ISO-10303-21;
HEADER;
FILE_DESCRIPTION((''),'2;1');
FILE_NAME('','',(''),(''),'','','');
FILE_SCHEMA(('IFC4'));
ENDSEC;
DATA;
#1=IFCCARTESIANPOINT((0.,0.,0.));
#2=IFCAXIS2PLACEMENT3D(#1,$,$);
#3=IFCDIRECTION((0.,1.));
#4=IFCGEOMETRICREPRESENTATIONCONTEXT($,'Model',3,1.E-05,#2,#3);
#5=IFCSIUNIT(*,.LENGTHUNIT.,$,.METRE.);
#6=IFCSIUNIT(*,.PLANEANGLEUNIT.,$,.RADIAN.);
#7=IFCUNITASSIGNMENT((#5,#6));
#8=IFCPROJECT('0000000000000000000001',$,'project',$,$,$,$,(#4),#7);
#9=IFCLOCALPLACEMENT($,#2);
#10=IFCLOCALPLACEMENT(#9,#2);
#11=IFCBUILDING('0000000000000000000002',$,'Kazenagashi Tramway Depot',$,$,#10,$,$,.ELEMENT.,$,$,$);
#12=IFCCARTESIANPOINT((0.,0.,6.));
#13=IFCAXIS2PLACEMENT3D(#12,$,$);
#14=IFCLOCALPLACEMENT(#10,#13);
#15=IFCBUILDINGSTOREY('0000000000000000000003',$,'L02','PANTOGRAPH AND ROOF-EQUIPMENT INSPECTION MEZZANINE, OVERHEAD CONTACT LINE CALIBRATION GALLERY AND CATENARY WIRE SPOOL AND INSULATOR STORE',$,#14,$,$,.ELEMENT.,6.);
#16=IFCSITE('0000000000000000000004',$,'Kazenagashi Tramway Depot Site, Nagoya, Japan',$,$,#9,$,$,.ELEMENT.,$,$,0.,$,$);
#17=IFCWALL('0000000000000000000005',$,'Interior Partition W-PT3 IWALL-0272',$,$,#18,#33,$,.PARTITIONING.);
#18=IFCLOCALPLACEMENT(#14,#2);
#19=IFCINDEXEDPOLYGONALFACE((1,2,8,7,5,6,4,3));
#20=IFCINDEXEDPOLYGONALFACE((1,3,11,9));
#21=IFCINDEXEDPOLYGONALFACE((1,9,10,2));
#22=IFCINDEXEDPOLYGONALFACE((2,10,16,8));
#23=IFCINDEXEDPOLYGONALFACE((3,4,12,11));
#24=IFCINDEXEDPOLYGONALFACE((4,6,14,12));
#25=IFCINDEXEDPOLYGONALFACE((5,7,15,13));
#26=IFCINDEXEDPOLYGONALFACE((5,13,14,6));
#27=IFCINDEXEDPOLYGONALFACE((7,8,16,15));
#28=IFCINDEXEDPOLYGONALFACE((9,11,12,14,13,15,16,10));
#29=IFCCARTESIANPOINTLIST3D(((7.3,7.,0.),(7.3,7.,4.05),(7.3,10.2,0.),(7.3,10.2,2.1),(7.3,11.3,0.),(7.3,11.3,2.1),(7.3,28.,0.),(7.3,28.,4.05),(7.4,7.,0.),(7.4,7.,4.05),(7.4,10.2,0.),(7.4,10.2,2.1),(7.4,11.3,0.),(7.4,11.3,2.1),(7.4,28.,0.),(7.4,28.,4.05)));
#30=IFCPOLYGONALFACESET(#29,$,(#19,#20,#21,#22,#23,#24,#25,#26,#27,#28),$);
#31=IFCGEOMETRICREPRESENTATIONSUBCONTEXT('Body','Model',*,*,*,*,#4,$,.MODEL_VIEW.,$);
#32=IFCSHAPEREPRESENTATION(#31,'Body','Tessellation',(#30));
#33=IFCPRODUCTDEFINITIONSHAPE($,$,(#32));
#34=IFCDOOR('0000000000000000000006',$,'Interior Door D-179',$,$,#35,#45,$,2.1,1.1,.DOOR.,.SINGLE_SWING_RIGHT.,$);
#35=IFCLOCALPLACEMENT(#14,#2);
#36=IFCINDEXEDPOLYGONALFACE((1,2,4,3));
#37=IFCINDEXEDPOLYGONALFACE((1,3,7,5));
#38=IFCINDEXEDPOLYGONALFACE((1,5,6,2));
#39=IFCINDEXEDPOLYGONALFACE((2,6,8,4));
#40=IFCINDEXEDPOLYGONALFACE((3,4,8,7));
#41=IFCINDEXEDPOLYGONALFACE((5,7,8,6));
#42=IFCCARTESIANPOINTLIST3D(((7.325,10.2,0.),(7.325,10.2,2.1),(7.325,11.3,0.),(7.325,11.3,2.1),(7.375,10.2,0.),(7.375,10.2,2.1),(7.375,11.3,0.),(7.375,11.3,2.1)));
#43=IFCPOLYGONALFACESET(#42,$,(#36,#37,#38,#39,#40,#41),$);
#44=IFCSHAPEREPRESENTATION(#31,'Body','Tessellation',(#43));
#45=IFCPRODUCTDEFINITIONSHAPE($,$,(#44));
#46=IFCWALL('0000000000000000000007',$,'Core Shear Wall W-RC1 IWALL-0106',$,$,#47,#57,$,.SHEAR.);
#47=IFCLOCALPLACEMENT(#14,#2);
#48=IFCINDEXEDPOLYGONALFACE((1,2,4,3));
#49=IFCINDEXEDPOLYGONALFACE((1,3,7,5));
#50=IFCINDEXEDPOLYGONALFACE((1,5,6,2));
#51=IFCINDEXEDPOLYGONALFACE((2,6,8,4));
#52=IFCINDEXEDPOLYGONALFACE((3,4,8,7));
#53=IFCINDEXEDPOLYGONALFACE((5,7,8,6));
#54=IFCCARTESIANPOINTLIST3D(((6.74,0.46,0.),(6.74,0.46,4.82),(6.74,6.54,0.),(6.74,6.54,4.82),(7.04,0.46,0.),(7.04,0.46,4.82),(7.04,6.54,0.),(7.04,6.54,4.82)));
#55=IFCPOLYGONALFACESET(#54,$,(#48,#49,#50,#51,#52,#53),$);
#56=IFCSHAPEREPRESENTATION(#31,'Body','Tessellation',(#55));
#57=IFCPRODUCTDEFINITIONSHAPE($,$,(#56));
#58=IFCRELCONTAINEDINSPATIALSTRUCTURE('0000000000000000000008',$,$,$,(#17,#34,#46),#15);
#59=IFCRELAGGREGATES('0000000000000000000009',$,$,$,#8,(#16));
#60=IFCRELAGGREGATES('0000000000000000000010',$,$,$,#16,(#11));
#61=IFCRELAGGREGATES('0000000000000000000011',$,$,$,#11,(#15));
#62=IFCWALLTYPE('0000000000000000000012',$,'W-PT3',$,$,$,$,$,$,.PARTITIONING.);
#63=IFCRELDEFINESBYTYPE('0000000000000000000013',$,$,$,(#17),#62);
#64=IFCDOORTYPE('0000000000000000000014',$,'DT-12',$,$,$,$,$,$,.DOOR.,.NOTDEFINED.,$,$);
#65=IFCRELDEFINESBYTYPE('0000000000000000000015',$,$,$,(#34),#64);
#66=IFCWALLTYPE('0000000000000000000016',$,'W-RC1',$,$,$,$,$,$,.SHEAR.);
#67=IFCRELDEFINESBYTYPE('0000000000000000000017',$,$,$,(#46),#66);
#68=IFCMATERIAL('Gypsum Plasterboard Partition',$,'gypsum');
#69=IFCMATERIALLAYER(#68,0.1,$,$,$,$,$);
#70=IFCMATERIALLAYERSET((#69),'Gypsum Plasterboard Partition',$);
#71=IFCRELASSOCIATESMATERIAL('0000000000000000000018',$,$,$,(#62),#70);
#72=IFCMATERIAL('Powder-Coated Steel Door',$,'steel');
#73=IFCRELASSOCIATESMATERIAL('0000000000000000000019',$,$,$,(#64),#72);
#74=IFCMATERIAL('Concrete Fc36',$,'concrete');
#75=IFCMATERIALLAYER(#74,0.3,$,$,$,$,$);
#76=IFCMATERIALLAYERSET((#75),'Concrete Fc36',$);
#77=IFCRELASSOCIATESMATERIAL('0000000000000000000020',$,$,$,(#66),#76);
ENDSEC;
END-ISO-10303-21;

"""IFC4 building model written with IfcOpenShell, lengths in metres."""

from ifc_helpers import new_model, si_unit, direction, frame, frame_2d, origin, place, context, subcontext, project, spatial, rectangle, extrude, material, layer, layer_set, type_object, element, fill, save


model = new_model("IFC4")

# Units and contexts
model_context = context("Model", 3, precision=1e-05, world=origin(), true_north=direction((0.0, 1.0)))
body_context = subcontext(model_context, "Body", "Model", "MODEL_VIEW")
ifc_project = project(units=[si_unit("LENGTHUNIT", "METRE"), si_unit("PLANEANGLEUNIT", "RADIAN")], contexts=[model_context])

# Site, building, storey
site_placement = place(None, origin())
site = spatial("IfcSite", under=ifc_project, at=site_placement, Name="Kazenagashi Tramway Depot Site, Nagoya, Japan", CompositionType="ELEMENT", RefElevation=0.0)
building_placement = place(site_placement, origin())
building = spatial("IfcBuilding", under=site, at=building_placement, Name="Kazenagashi Tramway Depot", CompositionType="ELEMENT")
storey_placement = place(building_placement, frame((0.0, 0.0, 6.0)))
storey = spatial("IfcBuildingStorey", under=building, at=storey_placement, Name="L02", Description="PANTOGRAPH AND ROOF-EQUIPMENT INSPECTION MEZZANINE, OVERHEAD CONTACT LINE CALIBRATION GALLERY AND CATENARY WIRE SPOOL AND INSULATOR STORE", CompositionType="ELEMENT", Elevation=6.0)

# Wall, opening, door
ifc_material_1 = material(Name="Gypsum Plasterboard Partition", Category="gypsum")
ifc_layer_1 = layer(ifc_material_1, 0.1)
ifc_layer_set_1 = layer_set([ifc_layer_1], Name="Gypsum Plasterboard Partition")
wall_type_1 = type_object("IfcWallType", Name="W-PT3", PredefinedType="PARTITIONING", material=ifc_layer_set_1)
wall_1_placement = place(storey_placement, frame((7.35, 7.0, 0.0), z_axis=(0.0, 0.0, 1.0), x_axis=(0.0, 1.0, 0.0)))
wall_1 = element("IfcWall", 1, at=wall_1_placement, inside=storey, type_object=wall_type_1, Name="Interior Partition W-PT3 IWALL-0272", PredefinedType="PARTITIONING", context=body_context, shape_type="SweptSolid", body=[
    extrude(rectangle(XDim=21.0, YDim=0.1, at=frame_2d((10.5, 0.0))), origin(), (0.0, 0.0, 1.0), 4.05),
])
opening_placement = place(wall_1_placement, frame((3.2, 0.0, 0.0)))
opening = element("IfcOpeningElement", 2, at=opening_placement, cuts=wall_1, PredefinedType="OPENING", context=body_context, shape_type="SweptSolid", body=[
    extrude(rectangle(XDim=1.1, YDim=2.1, at=frame_2d((0.55, 1.05))), frame((0.0, 0.06, 0.0), z_axis=(0.0, -1.0, 0.0), x_axis=(1.0, 0.0, 0.0)), (0.0, 0.0, 1.0), 0.12),
])
ifc_material_2 = material(Name="Powder-Coated Steel Door", Category="steel")
door_type = type_object("IfcDoorType", Name="DT-12", OperationType="NOTDEFINED", PredefinedType="DOOR", material=ifc_material_2)
door_placement = place(opening_placement, origin())
door = element("IfcDoor", 3, at=door_placement, inside=storey, type_object=door_type, Name="Interior Door D-179", OperationType="SINGLE_SWING_RIGHT", OverallHeight=2.1, OverallWidth=1.1, PredefinedType="DOOR", context=body_context, shape_type="SweptSolid", body=[
    extrude(rectangle(XDim=1.1, YDim=2.1, at=frame_2d((0.55, 1.05))), frame((0.0, 0.025, 0.0), z_axis=(0.0, -1.0, 0.0), x_axis=(1.0, 0.0, 0.0)), (0.0, 0.0, 1.0), 0.05),
])
fill(opening, door)

# Wall
ifc_material_3 = material(Name="Concrete Fc36", Category="concrete")
ifc_layer_2 = layer(ifc_material_3, 0.3)
ifc_layer_set_2 = layer_set([ifc_layer_2], Name="Concrete Fc36")
wall_type_2 = type_object("IfcWallType", Name="W-RC1", PredefinedType="SHEAR", material=ifc_layer_set_2)
wall_2_placement = place(storey_placement, frame((6.89, 0.46, 0.0), z_axis=(0.0, 0.0, 1.0), x_axis=(0.0, 1.0, 0.0)))
element("IfcWall", 4, at=wall_2_placement, inside=storey, type_object=wall_type_2, Name="Core Shear Wall W-RC1 IWALL-0106", PredefinedType="SHEAR", context=body_context, shape_type="SweptSolid", body=[
    extrude(rectangle(XDim=6.08, YDim=0.3, at=frame_2d((3.04, 0.0))), origin(), (0.0, 0.0, 1.0), 4.82),
])

save(model, "model.ifc")
